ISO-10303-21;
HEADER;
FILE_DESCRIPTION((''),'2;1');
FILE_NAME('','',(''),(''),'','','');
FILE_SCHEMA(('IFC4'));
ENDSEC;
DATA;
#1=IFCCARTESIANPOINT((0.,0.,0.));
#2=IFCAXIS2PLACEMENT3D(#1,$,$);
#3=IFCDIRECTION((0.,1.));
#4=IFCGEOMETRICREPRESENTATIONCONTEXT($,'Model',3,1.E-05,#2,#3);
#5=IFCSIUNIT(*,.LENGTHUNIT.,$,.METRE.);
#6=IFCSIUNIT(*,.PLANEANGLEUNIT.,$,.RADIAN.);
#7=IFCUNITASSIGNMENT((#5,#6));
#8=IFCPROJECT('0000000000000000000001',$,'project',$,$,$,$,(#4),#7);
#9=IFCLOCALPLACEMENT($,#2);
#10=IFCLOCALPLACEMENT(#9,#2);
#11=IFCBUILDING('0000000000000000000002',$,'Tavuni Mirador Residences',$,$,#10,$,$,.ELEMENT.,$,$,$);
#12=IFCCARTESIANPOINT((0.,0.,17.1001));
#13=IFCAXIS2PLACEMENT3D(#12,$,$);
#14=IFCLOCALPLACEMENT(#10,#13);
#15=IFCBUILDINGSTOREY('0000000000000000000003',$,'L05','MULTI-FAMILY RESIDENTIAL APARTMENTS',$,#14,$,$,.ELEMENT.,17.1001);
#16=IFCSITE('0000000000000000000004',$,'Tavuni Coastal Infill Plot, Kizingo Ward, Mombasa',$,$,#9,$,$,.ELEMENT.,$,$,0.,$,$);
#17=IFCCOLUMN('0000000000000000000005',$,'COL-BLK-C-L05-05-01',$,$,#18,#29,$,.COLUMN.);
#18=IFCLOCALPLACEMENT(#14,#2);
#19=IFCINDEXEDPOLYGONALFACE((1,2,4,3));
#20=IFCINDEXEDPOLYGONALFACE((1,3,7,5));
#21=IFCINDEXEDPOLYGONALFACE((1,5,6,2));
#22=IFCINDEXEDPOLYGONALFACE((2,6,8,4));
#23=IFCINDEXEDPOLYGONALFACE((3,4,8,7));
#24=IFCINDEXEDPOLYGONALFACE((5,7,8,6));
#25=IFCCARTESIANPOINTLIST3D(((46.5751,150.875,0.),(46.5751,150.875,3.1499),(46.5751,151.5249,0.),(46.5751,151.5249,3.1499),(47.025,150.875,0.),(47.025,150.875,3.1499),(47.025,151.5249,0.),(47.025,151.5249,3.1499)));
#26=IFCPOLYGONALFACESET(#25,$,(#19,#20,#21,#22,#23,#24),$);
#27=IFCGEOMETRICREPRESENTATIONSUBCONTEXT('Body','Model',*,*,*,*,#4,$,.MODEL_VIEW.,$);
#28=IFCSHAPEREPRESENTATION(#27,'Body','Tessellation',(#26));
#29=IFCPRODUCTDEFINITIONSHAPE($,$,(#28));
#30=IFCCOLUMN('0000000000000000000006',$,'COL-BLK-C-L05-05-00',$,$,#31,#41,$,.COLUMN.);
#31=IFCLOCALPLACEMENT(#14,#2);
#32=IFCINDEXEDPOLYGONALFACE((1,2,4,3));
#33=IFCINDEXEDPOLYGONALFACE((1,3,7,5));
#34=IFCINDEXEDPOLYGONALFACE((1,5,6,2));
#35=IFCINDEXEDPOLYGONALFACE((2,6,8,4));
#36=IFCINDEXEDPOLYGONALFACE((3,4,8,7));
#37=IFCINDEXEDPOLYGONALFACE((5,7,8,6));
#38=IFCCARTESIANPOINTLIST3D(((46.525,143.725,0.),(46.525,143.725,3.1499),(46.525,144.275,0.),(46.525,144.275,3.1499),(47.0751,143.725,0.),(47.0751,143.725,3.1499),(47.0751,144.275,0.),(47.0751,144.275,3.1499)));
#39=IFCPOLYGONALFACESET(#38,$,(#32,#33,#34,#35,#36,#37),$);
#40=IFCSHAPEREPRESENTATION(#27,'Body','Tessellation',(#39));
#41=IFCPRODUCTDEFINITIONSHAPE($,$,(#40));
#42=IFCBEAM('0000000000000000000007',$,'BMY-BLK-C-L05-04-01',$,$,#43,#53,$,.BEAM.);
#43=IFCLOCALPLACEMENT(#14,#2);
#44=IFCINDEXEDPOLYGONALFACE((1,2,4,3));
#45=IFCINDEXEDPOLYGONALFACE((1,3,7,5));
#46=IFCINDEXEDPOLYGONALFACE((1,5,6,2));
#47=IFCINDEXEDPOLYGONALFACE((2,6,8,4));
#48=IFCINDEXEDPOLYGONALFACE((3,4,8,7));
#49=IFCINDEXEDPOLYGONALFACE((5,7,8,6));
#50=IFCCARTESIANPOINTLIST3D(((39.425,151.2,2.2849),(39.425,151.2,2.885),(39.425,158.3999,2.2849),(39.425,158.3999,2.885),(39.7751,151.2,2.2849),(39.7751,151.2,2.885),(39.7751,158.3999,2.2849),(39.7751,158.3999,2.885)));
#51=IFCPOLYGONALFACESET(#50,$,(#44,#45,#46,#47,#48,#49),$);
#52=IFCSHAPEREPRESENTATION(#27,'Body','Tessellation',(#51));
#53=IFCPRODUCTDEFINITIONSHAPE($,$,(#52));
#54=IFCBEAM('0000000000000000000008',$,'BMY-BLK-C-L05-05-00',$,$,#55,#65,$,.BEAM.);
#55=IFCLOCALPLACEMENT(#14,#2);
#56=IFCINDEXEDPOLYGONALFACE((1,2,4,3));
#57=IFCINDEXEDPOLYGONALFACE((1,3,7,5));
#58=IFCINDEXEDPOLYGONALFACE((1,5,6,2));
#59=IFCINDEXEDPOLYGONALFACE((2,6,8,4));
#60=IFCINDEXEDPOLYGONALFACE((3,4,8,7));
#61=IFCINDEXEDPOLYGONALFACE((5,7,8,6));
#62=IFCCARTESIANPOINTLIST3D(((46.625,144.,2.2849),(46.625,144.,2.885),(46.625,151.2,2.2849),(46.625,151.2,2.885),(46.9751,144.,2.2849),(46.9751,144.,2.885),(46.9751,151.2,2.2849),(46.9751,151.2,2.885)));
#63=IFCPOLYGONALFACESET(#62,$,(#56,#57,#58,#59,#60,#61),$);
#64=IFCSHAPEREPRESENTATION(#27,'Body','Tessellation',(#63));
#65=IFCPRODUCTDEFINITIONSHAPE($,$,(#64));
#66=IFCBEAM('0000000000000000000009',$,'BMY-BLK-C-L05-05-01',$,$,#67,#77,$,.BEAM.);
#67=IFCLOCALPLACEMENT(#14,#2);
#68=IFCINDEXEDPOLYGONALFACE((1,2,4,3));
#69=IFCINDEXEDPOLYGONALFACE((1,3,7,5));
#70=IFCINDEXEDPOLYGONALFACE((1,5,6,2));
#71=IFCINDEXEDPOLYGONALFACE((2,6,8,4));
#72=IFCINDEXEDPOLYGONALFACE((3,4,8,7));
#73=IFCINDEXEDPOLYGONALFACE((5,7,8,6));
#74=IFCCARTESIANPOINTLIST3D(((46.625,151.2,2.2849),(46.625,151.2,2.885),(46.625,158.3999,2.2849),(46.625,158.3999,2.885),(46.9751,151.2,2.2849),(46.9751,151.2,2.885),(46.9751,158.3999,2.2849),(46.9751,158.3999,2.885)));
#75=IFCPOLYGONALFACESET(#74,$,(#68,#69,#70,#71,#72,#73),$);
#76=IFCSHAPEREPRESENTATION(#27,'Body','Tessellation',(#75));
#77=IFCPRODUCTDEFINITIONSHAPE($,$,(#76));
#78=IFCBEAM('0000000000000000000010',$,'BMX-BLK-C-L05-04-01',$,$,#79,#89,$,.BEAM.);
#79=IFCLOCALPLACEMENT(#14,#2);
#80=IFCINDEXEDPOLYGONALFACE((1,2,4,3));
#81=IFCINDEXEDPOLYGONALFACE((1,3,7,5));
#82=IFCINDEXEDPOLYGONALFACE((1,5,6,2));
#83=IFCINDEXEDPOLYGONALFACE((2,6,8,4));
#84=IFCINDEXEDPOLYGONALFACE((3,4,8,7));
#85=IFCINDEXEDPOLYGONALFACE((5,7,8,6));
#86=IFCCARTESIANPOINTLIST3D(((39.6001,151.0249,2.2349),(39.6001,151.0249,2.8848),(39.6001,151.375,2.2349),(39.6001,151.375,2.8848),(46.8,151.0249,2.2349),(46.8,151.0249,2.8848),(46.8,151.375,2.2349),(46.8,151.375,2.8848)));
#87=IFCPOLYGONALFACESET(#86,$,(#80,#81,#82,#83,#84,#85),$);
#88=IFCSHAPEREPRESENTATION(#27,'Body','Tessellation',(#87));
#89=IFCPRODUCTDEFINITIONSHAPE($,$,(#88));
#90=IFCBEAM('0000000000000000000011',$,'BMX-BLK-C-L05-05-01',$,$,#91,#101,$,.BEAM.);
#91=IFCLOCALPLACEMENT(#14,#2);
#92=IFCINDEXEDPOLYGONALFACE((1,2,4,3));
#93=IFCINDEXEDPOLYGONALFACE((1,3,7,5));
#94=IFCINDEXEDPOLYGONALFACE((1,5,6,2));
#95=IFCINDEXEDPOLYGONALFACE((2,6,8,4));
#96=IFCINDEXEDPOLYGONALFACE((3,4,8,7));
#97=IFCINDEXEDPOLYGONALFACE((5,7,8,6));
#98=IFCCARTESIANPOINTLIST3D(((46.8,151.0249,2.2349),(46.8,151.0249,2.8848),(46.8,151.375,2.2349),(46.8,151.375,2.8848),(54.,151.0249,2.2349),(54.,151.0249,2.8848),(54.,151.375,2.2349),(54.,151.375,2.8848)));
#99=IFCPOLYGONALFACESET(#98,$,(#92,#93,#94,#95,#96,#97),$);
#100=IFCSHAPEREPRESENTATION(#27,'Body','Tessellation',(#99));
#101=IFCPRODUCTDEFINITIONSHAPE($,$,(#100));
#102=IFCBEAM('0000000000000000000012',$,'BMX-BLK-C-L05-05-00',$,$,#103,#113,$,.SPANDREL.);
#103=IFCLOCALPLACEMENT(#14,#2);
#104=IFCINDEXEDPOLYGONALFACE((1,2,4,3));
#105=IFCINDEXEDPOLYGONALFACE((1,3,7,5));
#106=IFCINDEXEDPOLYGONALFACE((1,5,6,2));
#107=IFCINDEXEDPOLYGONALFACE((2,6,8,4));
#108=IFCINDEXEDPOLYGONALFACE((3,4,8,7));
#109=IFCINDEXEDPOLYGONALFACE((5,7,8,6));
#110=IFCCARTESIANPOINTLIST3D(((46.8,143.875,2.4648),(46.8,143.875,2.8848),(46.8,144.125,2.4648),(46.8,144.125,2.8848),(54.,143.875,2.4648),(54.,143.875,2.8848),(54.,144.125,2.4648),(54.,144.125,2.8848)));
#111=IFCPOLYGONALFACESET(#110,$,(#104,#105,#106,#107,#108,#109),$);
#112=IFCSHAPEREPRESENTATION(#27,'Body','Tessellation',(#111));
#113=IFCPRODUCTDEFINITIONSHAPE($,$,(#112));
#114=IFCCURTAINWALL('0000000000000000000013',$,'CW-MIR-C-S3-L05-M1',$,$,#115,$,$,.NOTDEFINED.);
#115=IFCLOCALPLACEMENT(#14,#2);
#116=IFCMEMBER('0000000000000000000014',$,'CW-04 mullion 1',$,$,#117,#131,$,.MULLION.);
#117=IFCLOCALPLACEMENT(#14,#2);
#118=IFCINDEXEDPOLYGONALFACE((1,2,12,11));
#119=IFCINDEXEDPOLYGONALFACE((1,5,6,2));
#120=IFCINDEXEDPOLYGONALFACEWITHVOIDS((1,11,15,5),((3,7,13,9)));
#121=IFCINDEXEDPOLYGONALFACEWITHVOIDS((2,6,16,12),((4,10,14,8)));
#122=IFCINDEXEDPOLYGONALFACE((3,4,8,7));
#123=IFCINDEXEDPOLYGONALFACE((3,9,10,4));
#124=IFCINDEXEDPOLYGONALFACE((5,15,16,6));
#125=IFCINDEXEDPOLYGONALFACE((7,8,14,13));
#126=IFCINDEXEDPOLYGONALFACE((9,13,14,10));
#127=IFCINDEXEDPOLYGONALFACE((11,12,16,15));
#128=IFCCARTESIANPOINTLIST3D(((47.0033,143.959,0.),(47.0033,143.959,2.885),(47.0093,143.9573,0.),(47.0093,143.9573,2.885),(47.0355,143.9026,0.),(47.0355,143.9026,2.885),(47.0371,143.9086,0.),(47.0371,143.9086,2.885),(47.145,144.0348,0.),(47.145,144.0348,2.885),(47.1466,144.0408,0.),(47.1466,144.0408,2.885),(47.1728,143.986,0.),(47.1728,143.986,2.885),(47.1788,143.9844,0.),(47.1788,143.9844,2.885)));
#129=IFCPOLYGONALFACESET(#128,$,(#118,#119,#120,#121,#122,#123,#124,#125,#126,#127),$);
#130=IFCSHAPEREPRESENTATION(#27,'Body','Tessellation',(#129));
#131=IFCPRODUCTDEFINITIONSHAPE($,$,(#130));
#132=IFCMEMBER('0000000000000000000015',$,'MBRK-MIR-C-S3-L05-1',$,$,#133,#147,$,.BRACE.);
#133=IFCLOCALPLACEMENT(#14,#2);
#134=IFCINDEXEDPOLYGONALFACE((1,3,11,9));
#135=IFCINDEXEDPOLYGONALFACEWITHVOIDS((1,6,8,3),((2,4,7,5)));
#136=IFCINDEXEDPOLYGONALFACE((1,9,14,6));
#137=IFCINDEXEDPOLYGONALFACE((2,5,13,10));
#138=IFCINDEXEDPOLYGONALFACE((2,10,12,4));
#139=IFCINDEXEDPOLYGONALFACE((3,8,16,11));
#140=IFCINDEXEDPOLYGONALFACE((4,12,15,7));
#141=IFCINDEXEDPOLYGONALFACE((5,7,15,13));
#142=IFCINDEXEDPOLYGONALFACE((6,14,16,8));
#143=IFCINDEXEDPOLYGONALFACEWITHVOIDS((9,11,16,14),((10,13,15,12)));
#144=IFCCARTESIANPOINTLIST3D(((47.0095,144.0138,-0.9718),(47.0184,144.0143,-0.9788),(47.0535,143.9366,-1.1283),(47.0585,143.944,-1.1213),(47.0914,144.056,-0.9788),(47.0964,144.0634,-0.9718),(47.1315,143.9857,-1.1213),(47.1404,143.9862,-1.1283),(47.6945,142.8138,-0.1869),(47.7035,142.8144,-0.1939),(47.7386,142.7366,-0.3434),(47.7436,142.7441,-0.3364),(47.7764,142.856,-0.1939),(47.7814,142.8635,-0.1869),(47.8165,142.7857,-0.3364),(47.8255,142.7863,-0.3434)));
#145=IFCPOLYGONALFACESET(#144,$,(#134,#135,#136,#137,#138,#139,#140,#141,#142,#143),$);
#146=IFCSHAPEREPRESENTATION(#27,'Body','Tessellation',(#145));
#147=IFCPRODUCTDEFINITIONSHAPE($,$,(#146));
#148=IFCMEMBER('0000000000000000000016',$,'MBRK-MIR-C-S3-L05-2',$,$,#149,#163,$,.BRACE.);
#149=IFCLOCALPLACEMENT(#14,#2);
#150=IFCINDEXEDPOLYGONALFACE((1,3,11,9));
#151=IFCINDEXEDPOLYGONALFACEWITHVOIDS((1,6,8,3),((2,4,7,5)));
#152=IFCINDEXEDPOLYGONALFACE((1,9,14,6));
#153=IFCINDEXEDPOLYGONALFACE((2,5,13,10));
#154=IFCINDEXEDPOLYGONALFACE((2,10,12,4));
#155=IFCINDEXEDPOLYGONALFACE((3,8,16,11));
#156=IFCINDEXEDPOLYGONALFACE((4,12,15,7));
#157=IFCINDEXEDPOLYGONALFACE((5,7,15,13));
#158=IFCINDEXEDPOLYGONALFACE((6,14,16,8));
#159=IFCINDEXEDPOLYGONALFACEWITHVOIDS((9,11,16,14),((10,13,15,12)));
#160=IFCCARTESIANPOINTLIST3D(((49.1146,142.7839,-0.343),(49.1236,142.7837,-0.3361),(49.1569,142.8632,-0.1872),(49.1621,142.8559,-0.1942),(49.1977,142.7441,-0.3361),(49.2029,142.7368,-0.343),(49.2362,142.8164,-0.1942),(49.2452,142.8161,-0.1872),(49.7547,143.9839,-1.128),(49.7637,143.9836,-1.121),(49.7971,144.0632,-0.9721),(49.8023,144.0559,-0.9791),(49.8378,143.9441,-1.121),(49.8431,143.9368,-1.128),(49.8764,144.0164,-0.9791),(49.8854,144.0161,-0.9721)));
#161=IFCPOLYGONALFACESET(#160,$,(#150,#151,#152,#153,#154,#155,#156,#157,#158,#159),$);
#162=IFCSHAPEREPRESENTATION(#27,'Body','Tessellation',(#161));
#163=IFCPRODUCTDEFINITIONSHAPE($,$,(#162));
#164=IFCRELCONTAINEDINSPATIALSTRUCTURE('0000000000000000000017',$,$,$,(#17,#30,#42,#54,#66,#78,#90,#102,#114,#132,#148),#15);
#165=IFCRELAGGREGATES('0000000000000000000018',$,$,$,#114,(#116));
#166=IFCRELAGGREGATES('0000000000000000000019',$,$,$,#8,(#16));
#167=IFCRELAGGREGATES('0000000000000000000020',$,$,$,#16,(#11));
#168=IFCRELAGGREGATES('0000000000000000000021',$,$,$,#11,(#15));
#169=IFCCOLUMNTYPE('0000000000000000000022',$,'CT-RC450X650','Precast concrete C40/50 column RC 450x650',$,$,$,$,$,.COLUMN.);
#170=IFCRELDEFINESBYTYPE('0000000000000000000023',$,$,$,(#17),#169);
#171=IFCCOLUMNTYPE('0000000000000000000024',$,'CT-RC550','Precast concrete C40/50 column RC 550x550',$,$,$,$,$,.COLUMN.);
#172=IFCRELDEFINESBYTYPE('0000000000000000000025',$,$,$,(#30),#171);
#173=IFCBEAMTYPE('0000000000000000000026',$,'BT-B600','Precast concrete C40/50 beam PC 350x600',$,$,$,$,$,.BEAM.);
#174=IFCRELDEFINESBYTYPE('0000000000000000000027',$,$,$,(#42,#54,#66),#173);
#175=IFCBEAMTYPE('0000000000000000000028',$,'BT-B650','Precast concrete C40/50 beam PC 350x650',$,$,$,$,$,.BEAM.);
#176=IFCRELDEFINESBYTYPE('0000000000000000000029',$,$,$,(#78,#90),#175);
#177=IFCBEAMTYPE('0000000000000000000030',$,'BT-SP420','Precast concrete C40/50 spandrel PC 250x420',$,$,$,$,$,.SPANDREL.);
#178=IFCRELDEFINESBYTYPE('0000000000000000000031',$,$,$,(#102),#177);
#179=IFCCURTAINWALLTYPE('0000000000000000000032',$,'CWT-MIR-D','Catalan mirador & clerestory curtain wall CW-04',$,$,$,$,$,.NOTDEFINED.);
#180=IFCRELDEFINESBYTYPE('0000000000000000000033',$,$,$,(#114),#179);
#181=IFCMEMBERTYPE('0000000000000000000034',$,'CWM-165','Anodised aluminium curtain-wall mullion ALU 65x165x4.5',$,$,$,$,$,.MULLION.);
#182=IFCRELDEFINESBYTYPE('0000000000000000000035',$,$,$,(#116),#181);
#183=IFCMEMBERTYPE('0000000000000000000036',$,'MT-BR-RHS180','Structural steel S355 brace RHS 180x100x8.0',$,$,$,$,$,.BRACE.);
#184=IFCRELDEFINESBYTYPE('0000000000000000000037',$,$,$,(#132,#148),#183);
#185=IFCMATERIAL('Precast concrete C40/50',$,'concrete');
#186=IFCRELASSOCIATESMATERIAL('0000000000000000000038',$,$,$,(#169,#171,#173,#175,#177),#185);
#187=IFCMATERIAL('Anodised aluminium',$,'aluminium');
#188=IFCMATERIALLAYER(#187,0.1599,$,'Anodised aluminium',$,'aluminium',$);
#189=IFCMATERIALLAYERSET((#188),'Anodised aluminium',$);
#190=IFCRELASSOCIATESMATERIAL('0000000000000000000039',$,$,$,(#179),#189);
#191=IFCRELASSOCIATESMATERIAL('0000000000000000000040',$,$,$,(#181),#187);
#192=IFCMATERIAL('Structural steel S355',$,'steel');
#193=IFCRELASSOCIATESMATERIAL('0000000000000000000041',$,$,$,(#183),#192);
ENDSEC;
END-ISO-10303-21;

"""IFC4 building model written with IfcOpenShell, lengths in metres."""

from ifc_helpers import new_model, si_unit, direction, frame, origin, origin_2d, place, context, subcontext, project, spatial, rectangle, hollow_rectangle, extrude, material, layer, layer_set, material_profile, profile_set, type_object, element, aggregate, save


model = new_model("IFC4")

# Units and contexts
model_context = context("Model", 3, precision=1e-05, world=origin(), true_north=direction((0.0, 1.0)))
body_context = subcontext(model_context, "Body", "Model", "MODEL_VIEW")
ifc_project = project(units=[si_unit("LENGTHUNIT", "METRE"), si_unit("PLANEANGLEUNIT", "RADIAN")], contexts=[model_context])

# Site, building, storey
site_placement = place(None, origin())
site = spatial("IfcSite", under=ifc_project, at=site_placement, Name="Tavuni Coastal Infill Plot, Kizingo Ward, Mombasa", CompositionType="ELEMENT", RefElevation=0.0)
building_placement = place(site_placement, origin())
building = spatial("IfcBuilding", under=site, at=building_placement, Name="Tavuni Mirador Residences", CompositionType="ELEMENT")
storey_placement = place(building_placement, frame((0.0, 0.0, 17.1001)))
storey = spatial("IfcBuildingStorey", under=building, at=storey_placement, Name="L05", Description="MULTI-FAMILY RESIDENTIAL APARTMENTS", CompositionType="ELEMENT", Elevation=17.1001)

# Columns
ifc_material_1 = material(Name="Precast concrete C40/50", Category="concrete")
ifc_material_profile_1 = material_profile(ifc_material_1, rectangle(XDim=0.45, YDim=0.6499, at=origin_2d()), Name="RC 450x650", Category="concrete")
ifc_profile_set_1 = profile_set([ifc_material_profile_1], Name="Precast concrete C40/50")
column_type_1 = type_object("IfcColumnType", Name="CT-RC450X650", Description="Precast concrete C40/50 column RC 450x650", PredefinedType="COLUMN", material=ifc_profile_set_1)
column_1_placement = place(storey_placement, frame((46.8, 151.2, 0.0), z_axis=(0.0, 0.0, 1.0), x_axis=(1.0, 0.0, 0.0)))
element("IfcColumn", 1, at=column_1_placement, inside=storey, type_object=column_type_1, Name="COL-BLK-C-L05-05-01", PredefinedType="COLUMN", context=body_context, shape_type="SweptSolid", body=[
    extrude(rectangle(XDim=0.45, YDim=0.6499, at=origin_2d()), origin(), (0.0, 0.0, 1.0), 3.1499),
])
ifc_material_profile_2 = material_profile(ifc_material_1, rectangle(XDim=0.55, YDim=0.55, at=origin_2d()), Name="RC 550x550", Category="concrete")
ifc_profile_set_2 = profile_set([ifc_material_profile_2], Name="Precast concrete C40/50")
column_type_2 = type_object("IfcColumnType", Name="CT-RC550", Description="Precast concrete C40/50 column RC 550x550", PredefinedType="COLUMN", material=ifc_profile_set_2)
column_2_placement = place(storey_placement, frame((46.8, 144.0, 0.0), z_axis=(0.0, 0.0, 1.0), x_axis=(1.0, 0.0, 0.0)))
element("IfcColumn", 2, at=column_2_placement, inside=storey, type_object=column_type_2, Name="COL-BLK-C-L05-05-00", PredefinedType="COLUMN", context=body_context, shape_type="SweptSolid", body=[
    extrude(rectangle(XDim=0.55, YDim=0.55, at=origin_2d()), origin(), (0.0, 0.0, 1.0), 3.1499),
])

# Beams
ifc_material_profile_3 = material_profile(ifc_material_1, rectangle(XDim=0.3501, YDim=0.6001, at=origin_2d()), Name="PC 350x600", Category="concrete")
ifc_profile_set_3 = profile_set([ifc_material_profile_3], Name="Precast concrete C40/50")
beam_type_1 = type_object("IfcBeamType", Name="BT-B600", Description="Precast concrete C40/50 beam PC 350x600", PredefinedType="BEAM", material=ifc_profile_set_3)
for number, where, z_axis, x_axis, name in (
    (3, (39.6001, 151.2, 2.585), (0.0, 1.0, 0.0), (-1.0, 0.0, 0.0), "BMY-BLK-C-L05-04-01"),
    (4, (46.8, 144.0, 2.585), (0.0, 1.0, 0.0), (-1.0, 0.0, 0.0), "BMY-BLK-C-L05-05-00"),
    (5, (46.8, 151.2, 2.585), (0.0, 1.0, 0.0), (-1.0, 0.0, 0.0), "BMY-BLK-C-L05-05-01"),
):
    element("IfcBeam", number, at=place(storey_placement, frame(where, z_axis=z_axis, x_axis=x_axis)), inside=storey, type_object=beam_type_1, Name=name, PredefinedType="BEAM", context=body_context, shape_type="SweptSolid", body=[
        extrude(rectangle(XDim=0.3501, YDim=0.6001, at=origin_2d()), origin(), (0.0, 0.0, 1.0), 7.2),
    ])
ifc_material_profile_4 = material_profile(ifc_material_1, rectangle(XDim=0.3501, YDim=0.6499, at=origin_2d()), Name="PC 350x650", Category="concrete")
ifc_profile_set_4 = profile_set([ifc_material_profile_4], Name="Precast concrete C40/50")
beam_type_2 = type_object("IfcBeamType", Name="BT-B650", Description="Precast concrete C40/50 beam PC 350x650", PredefinedType="BEAM", material=ifc_profile_set_4)
for number, where, z_axis, x_axis, name in (
    (6, (39.6001, 151.2, 2.5598), (1.0, 0.0, 0.0), (0.0, 1.0, 0.0), "BMX-BLK-C-L05-04-01"),
    (7, (46.8, 151.2, 2.5598), (1.0, 0.0, 0.0), (0.0, 1.0, 0.0), "BMX-BLK-C-L05-05-01"),
):
    element("IfcBeam", number, at=place(storey_placement, frame(where, z_axis=z_axis, x_axis=x_axis)), inside=storey, type_object=beam_type_2, Name=name, PredefinedType="BEAM", context=body_context, shape_type="SweptSolid", body=[
        extrude(rectangle(XDim=0.3501, YDim=0.6499, at=origin_2d()), origin(), (0.0, 0.0, 1.0), 7.2),
    ])
ifc_material_profile_5 = material_profile(ifc_material_1, rectangle(XDim=0.25, YDim=0.4199, at=origin_2d()), Name="PC 250x420", Category="concrete")
ifc_profile_set_5 = profile_set([ifc_material_profile_5], Name="Precast concrete C40/50")
beam_type_3 = type_object("IfcBeamType", Name="BT-SP420", Description="Precast concrete C40/50 spandrel PC 250x420", PredefinedType="SPANDREL", material=ifc_profile_set_5)
beam_placement = place(storey_placement, frame((46.8, 144.0, 2.6748), z_axis=(1.0, 0.0, 0.0), x_axis=(0.0, 1.0, 0.0)))
element("IfcBeam", 8, at=beam_placement, inside=storey, type_object=beam_type_3, Name="BMX-BLK-C-L05-05-00", PredefinedType="SPANDREL", context=body_context, shape_type="SweptSolid", body=[
    extrude(rectangle(XDim=0.25, YDim=0.4199, at=origin_2d()), origin(), (0.0, 0.0, 1.0), 7.2),
])

# Curtain wall, member
ifc_material_2 = material(Name="Anodised aluminium", Category="aluminium")
ifc_layer_1 = layer(ifc_material_2, 0.1599, Name="Anodised aluminium", Category="aluminium")
ifc_layer_set_1 = layer_set([ifc_layer_1], Name="Anodised aluminium")
curtain_wall_type = type_object("IfcCurtainWallType", Name="CWT-MIR-D", Description="Catalan mirador & clerestory curtain wall CW-04", PredefinedType="NOTDEFINED", material=ifc_layer_set_1)
curtain_wall_placement = place(storey_placement, origin())
curtain_wall = element("IfcCurtainWall", 9, at=curtain_wall_placement, inside=storey, type_object=curtain_wall_type, Name="CW-MIR-C-S3-L05-M1", PredefinedType="NOTDEFINED")
ifc_material_profile_6 = material_profile(ifc_material_2, hollow_rectangle(XDim=0.0649, YDim=0.165, WallThickness=0.0044, at=origin_2d()), Name="ALU 65x165x4.5", Category="aluminium")
ifc_profile_set_6 = profile_set([ifc_material_profile_6], Name="Anodised aluminium")
member_type_1 = type_object("IfcMemberType", Name="CWM-165", Description="Anodised aluminium curtain-wall mullion ALU 65x165x4.5", PredefinedType="MULLION", material=ifc_profile_set_6)
member_1_placement = place(storey_placement, frame((47.0911, 143.9717, 0.0), z_axis=(0.0, 0.0, 1.0), x_axis=(0.495749, -0.868466, 0.0)))
member_1 = element("IfcMember", 10, at=member_1_placement, type_object=member_type_1, Name="CW-04 mullion 1", PredefinedType="MULLION", context=body_context, shape_type="SweptSolid", body=[
    extrude(hollow_rectangle(XDim=0.0649, YDim=0.165, WallThickness=0.0044, at=origin_2d()), origin(), (0.0, 0.0, 1.0), 2.885),
])
aggregate(curtain_wall, [member_1])

# Members
ifc_material_3 = material(Name="Structural steel S355", Category="steel")
ifc_material_profile_7 = material_profile(ifc_material_3, hollow_rectangle(XDim=0.1001, YDim=0.1799, WallThickness=0.0081, at=origin_2d()), Name="RHS 180x100x8.0", Category="steel")
ifc_profile_set_7 = profile_set([ifc_material_profile_7], Name="Structural steel S355")
member_type_2 = type_object("IfcMemberType", Name="MT-BR-RHS180", Description="Structural steel S355 brace RHS 180x100x8.0", PredefinedType="BRACE", material=ifc_profile_set_7)
member_2_placement = place(storey_placement, frame((47.075, 144.0, -1.05), z_axis=(0.431095, -0.755108, 0.493931), x_axis=(0.868439, 0.495796, 0.0)))
element("IfcMember", 11, at=member_2_placement, inside=storey, type_object=member_type_2, Name="MBRK-MIR-C-S3-L05-1", PredefinedType="BRACE", context=body_context, shape_type="SweptSolid", body=[
    extrude(hollow_rectangle(XDim=0.1001, YDim=0.1799, WallThickness=0.0081, at=origin_2d()), origin(), (0.0, 0.0, 1.0), 1.5891),
])
member_3_placement = place(storey_placement, frame((49.8201, 144.0, -1.05), z_axis=(-0.407661, -0.764169, 0.499858), x_axis=(0.882303, -0.470681, 0.0)))
element("IfcMember", 12, at=member_3_placement, inside=storey, type_object=member_type_2, Name="MBRK-MIR-C-S3-L05-2", PredefinedType="BRACE", context=body_context, shape_type="SweptSolid", body=[
    extrude(hollow_rectangle(XDim=0.1001, YDim=0.1799, WallThickness=0.0081, at=origin_2d()), origin(), (0.0, 0.0, 1.0), 1.5703),
])

save(model, "model.ifc")
